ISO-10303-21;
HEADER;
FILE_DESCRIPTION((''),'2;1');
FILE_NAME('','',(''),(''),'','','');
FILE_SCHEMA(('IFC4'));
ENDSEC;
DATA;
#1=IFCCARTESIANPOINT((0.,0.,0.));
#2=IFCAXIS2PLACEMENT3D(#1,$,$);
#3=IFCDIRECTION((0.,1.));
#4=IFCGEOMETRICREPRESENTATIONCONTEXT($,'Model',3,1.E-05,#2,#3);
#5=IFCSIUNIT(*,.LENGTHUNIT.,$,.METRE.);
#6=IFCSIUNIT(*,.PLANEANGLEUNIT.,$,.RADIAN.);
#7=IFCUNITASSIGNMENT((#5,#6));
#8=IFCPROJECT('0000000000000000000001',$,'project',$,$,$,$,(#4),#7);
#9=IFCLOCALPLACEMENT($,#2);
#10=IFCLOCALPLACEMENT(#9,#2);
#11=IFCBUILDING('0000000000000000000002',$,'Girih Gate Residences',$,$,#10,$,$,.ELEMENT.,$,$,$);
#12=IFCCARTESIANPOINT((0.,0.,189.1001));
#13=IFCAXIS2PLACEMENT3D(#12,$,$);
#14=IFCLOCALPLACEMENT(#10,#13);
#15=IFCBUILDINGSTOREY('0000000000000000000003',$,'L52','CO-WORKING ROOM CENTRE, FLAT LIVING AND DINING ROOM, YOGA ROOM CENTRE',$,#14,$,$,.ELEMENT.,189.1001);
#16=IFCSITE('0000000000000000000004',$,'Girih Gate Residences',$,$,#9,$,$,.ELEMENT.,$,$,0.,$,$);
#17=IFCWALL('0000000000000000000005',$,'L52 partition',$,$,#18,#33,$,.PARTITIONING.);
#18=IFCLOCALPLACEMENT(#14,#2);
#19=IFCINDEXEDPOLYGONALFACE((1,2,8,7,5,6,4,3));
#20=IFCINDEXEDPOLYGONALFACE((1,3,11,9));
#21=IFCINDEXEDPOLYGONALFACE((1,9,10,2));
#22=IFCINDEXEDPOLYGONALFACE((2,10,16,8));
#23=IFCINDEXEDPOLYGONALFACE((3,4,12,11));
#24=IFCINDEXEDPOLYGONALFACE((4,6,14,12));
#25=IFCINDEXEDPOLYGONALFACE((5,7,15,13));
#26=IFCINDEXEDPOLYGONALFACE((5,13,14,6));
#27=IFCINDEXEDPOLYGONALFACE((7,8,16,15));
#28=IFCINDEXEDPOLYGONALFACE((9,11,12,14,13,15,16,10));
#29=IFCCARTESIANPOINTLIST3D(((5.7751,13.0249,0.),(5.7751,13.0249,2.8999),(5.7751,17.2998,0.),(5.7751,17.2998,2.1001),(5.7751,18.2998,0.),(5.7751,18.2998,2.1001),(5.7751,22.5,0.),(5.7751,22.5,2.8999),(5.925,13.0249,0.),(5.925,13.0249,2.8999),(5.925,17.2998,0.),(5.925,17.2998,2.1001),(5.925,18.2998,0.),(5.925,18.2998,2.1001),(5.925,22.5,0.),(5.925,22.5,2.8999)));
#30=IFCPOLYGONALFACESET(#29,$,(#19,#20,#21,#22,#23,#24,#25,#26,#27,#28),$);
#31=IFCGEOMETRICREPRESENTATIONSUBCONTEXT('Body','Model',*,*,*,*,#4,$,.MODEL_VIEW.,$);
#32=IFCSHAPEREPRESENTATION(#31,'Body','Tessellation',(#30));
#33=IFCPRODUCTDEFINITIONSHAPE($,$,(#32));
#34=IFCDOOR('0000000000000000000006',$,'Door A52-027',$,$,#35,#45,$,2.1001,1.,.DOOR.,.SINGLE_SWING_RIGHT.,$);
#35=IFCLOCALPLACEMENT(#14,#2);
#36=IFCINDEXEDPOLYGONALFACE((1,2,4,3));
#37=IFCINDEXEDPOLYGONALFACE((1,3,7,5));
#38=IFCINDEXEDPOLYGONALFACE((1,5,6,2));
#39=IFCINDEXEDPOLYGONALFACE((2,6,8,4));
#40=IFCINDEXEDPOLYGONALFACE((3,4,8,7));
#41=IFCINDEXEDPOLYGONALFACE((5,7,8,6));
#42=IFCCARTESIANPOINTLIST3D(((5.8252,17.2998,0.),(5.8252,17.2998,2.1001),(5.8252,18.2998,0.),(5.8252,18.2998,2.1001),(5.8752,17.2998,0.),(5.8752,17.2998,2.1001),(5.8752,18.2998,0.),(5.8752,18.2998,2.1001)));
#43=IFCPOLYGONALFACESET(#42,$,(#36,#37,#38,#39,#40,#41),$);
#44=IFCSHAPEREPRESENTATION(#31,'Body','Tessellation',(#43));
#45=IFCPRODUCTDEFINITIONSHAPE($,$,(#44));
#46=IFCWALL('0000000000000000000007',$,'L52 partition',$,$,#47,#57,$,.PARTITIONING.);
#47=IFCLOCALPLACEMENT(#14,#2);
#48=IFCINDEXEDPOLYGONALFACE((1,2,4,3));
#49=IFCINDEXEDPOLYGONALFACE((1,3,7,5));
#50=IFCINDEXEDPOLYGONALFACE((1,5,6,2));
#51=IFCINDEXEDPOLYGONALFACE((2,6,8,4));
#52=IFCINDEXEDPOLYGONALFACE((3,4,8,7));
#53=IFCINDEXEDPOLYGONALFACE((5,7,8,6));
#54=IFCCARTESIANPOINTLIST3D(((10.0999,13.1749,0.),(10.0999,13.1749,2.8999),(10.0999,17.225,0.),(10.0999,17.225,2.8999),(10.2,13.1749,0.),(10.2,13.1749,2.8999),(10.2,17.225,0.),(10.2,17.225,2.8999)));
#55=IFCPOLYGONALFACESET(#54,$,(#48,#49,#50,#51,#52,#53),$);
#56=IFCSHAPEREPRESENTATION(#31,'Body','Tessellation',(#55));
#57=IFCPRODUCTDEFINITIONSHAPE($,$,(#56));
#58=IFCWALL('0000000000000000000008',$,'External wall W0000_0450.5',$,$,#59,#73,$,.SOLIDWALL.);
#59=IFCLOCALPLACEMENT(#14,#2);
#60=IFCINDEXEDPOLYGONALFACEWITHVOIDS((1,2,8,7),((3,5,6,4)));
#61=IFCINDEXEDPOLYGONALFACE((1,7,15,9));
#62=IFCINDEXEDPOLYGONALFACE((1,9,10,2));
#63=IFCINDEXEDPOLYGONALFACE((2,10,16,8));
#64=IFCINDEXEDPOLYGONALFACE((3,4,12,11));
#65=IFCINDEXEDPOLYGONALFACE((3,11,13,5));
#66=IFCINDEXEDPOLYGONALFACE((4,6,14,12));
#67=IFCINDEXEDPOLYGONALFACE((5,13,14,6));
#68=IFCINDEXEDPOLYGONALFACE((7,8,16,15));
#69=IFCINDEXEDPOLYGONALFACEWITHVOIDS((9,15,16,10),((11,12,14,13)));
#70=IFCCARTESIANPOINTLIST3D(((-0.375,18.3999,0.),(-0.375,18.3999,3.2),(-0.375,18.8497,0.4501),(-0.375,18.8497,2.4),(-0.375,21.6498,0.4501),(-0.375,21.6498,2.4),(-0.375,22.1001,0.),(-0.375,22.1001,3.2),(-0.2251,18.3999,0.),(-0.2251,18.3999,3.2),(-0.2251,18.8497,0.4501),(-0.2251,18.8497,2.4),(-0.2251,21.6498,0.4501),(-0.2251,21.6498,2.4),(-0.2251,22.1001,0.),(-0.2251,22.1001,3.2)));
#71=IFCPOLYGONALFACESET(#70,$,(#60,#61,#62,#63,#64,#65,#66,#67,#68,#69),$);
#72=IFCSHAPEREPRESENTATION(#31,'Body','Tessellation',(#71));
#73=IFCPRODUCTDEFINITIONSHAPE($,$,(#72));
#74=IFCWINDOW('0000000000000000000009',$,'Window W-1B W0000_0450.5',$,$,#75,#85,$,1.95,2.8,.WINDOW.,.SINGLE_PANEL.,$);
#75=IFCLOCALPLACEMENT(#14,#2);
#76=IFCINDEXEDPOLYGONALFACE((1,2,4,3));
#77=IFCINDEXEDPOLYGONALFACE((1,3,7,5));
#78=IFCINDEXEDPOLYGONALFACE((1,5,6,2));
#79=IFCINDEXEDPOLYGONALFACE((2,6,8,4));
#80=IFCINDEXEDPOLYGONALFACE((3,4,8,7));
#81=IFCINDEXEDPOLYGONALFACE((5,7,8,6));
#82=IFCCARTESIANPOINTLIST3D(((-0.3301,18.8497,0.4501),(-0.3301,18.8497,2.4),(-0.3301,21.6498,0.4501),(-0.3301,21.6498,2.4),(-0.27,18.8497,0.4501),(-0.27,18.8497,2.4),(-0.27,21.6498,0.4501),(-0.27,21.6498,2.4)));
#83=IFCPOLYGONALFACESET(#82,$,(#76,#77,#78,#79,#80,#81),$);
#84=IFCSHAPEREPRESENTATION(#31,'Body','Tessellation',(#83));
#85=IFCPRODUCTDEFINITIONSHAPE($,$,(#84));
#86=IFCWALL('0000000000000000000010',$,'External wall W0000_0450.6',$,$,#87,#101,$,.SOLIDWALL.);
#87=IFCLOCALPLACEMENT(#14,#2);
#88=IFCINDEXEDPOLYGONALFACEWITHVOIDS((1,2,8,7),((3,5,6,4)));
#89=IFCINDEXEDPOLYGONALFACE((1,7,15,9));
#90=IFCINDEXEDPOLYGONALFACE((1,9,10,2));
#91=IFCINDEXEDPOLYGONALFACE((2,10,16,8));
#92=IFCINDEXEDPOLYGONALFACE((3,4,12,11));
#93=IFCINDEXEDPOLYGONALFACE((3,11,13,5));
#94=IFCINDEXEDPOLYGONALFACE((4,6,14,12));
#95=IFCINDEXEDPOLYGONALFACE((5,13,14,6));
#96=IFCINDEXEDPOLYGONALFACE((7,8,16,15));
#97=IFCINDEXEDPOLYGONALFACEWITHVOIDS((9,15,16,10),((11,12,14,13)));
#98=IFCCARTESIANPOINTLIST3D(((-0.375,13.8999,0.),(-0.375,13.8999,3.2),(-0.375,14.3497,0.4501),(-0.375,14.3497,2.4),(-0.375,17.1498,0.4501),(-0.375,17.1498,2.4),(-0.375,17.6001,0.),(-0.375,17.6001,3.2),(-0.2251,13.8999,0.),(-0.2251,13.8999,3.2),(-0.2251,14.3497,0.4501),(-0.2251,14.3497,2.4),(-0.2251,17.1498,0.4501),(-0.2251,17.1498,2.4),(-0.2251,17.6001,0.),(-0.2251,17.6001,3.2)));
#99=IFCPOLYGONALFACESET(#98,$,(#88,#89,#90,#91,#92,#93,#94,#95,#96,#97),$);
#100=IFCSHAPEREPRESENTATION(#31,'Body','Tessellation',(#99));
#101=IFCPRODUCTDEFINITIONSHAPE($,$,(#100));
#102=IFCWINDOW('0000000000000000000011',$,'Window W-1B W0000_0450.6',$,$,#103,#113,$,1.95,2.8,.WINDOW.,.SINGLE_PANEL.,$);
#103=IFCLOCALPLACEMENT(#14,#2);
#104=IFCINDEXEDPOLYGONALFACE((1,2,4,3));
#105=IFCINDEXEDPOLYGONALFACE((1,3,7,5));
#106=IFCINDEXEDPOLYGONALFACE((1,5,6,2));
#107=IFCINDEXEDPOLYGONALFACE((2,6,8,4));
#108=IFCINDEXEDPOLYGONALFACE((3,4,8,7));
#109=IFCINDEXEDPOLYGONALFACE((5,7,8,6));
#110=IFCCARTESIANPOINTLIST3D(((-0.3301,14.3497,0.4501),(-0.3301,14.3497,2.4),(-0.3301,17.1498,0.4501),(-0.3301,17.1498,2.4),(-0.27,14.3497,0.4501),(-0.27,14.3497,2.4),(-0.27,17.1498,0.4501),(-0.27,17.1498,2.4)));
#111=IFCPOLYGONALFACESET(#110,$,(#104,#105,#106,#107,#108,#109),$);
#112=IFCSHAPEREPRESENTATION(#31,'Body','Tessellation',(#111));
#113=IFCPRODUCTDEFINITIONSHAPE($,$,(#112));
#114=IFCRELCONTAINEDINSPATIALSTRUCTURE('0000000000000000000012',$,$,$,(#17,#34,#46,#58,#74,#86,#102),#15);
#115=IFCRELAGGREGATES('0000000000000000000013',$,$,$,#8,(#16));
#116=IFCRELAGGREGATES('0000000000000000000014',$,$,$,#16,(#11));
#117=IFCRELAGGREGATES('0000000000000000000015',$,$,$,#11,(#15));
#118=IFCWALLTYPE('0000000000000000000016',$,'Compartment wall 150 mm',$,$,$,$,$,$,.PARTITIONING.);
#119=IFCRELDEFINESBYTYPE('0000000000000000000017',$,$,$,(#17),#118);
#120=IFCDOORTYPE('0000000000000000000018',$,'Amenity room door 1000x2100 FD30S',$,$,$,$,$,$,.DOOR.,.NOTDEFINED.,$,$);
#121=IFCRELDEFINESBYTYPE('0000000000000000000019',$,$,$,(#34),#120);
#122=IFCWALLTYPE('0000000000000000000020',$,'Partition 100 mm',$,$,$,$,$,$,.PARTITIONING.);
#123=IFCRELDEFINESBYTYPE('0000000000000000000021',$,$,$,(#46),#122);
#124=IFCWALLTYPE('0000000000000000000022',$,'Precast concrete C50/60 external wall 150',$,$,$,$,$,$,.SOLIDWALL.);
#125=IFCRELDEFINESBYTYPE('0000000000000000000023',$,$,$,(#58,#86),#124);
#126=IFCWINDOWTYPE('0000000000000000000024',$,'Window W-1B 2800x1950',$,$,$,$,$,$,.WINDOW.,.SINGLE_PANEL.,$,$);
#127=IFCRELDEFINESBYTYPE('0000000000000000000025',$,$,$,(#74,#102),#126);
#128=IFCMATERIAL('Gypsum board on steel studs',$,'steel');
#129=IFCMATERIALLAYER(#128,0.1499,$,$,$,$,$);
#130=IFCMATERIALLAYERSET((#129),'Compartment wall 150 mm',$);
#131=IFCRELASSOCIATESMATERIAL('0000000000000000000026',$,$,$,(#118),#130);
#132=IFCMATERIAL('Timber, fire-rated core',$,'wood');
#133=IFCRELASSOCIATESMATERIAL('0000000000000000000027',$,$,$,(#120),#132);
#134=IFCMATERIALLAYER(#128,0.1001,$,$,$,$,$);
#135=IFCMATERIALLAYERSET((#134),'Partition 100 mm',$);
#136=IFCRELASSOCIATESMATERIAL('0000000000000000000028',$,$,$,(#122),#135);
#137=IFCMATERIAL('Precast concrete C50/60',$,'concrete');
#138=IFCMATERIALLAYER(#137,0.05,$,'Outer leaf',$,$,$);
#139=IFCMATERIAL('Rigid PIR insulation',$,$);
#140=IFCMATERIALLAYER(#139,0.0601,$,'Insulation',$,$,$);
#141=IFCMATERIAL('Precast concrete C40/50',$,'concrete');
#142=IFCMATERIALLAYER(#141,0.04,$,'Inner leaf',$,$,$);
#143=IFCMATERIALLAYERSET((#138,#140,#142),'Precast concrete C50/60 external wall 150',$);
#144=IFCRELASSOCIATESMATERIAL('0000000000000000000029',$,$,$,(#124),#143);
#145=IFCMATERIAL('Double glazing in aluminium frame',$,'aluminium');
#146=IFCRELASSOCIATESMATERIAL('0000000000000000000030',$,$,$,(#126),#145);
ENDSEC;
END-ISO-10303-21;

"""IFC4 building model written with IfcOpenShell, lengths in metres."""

from ifc_helpers import new_model, si_unit, direction, frame, frame_2d, origin, place, context, subcontext, project, spatial, rectangle, extrude, material, layer, layer_set, type_object, element, fill, save


model = new_model("IFC4")

# Units and contexts
model_context = context("Model", 3, precision=1e-05, world=origin(), true_north=direction((0.0, 1.0)))
body_context = subcontext(model_context, "Body", "Model", "MODEL_VIEW")
ifc_project = project(units=[si_unit("LENGTHUNIT", "METRE"), si_unit("PLANEANGLEUNIT", "RADIAN")], contexts=[model_context])

# Site, building, storey
site_placement = place(None, origin())
site = spatial("IfcSite", under=ifc_project, at=site_placement, Name="Girih Gate Residences", CompositionType="ELEMENT", RefElevation=0.0)
building_placement = place(site_placement, origin())
building = spatial("IfcBuilding", under=site, at=building_placement, Name="Girih Gate Residences", CompositionType="ELEMENT")
storey_placement = place(building_placement, frame((0.0, 0.0, 189.1001)))
storey = spatial("IfcBuildingStorey", under=building, at=storey_placement, Name="L52", Description="CO-WORKING ROOM CENTRE, FLAT LIVING AND DINING ROOM, YOGA ROOM CENTRE", CompositionType="ELEMENT", Elevation=189.1001)

# Shared definitions
ifc_material_1 = material(Name="Gypsum board on steel studs", Category="steel")
ifc_layer_1 = layer(ifc_material_1, 0.1499)
ifc_layer_set_1 = layer_set([ifc_layer_1], Name="Compartment wall 150 mm")
wall_type_1 = type_object("IfcWallType", Name="Compartment wall 150 mm", PredefinedType="PARTITIONING", material=ifc_layer_set_1)

# Shared definitions
ifc_material_2 = material(Name="Timber, fire-rated core", Category="wood")

# Wall, opening, door
wall_1_placement = place(storey_placement, frame((5.8501, 13.0249, 0.0), z_axis=(0.0, 0.0, 1.0), x_axis=(0.0, 1.0, 0.0)))
wall_1 = element("IfcWall", 1, at=wall_1_placement, inside=storey, type_object=wall_type_1, Name="L52 partition", PredefinedType="PARTITIONING", context=body_context, shape_type="SweptSolid", body=[
    extrude(rectangle(XDim=9.4751, YDim=0.1499, at=frame_2d((4.7375, 0.0))), origin(), (0.0, 0.0, 1.0), 2.8999),
])
opening_1_placement = place(wall_1_placement, frame((4.2749, 0.0, 0.0)))
opening_1 = element("IfcOpeningElement", 2, at=opening_1_placement, cuts=wall_1, PredefinedType="OPENING", context=body_context, shape_type="SweptSolid", body=[
    extrude(rectangle(XDim=1.0, YDim=2.1001, at=frame_2d((0.5, 1.05))), frame((0.0, 0.085, 0.0), z_axis=(0.0, -1.0, 0.0), x_axis=(1.0, 0.0, 0.0)), (0.0, 0.0, 1.0), 0.1699),
])
door_type_1 = type_object("IfcDoorType", Name="Amenity room door 1000x2100 FD30S", OperationType="NOTDEFINED", PredefinedType="DOOR", material=ifc_material_2)
door_1_placement = place(opening_1_placement, origin())
door_1 = element("IfcDoor", 3, at=door_1_placement, inside=storey, type_object=door_type_1, Name="Door A52-027", OperationType="SINGLE_SWING_RIGHT", OverallHeight=2.1001, OverallWidth=1.0, PredefinedType="DOOR", context=body_context, shape_type="SweptSolid", body=[
    extrude(rectangle(XDim=1.0, YDim=2.1001, at=frame_2d((0.5, 1.05))), frame((0.0, 0.0249, 0.0), z_axis=(0.0, -1.0, 0.0), x_axis=(1.0, 0.0, 0.0)), (0.0, 0.0, 1.0), 0.05),
])
fill(opening_1, door_1)

# Wall
ifc_layer_2 = layer(ifc_material_1, 0.1001)
ifc_layer_set_2 = layer_set([ifc_layer_2], Name="Partition 100 mm")
wall_type_2 = type_object("IfcWallType", Name="Partition 100 mm", PredefinedType="PARTITIONING", material=ifc_layer_set_2)
wall_2_placement = place(storey_placement, frame((10.1499, 13.175, 0.0), z_axis=(0.0, 0.0, 1.0), x_axis=(0.0, 1.0, 0.0)))
element("IfcWall", 4, at=wall_2_placement, inside=storey, type_object=wall_type_2, Name="L52 partition", PredefinedType="PARTITIONING", context=body_context, shape_type="SweptSolid", body=[
    extrude(rectangle(XDim=4.05, YDim=0.1001, at=frame_2d((2.0249, 0.0))), origin(), (0.0, 0.0, 1.0), 2.8999),
])

# Walls, openings, windows
ifc_material_3 = material(Name="Precast concrete C50/60", Category="concrete")
ifc_layer_3 = layer(ifc_material_3, 0.05, Name="Outer leaf")
ifc_material_4 = material(Name="Rigid PIR insulation")
ifc_layer_4 = layer(ifc_material_4, 0.0601, Name="Insulation")
ifc_material_5 = material(Name="Precast concrete C40/50", Category="concrete")
ifc_layer_5 = layer(ifc_material_5, 0.04, Name="Inner leaf")
ifc_layer_set_3 = layer_set([ifc_layer_3, ifc_layer_4, ifc_layer_5], Name="Precast concrete C50/60 external wall 150")
wall_type_3 = type_object("IfcWallType", Name="Precast concrete C50/60 external wall 150", PredefinedType="SOLIDWALL", material=ifc_layer_set_3)
wall_3_placement = place(storey_placement, frame((-0.3, 18.3999, 0.0), z_axis=(0.0, 0.0, 1.0), x_axis=(0.0, 1.0, 0.0)))
wall_3 = element("IfcWall", 5, at=wall_3_placement, inside=storey, type_object=wall_type_3, Name="External wall W0000_0450.5", PredefinedType="SOLIDWALL", context=body_context, shape_type="SweptSolid", body=[
    extrude(rectangle(XDim=3.7002, YDim=0.1499, at=frame_2d((1.8501, 0.0))), origin(), (0.0, 0.0, 1.0), 3.2),
])
opening_2_placement = place(wall_3_placement, frame((0.45, 0.0, 0.45)))
opening_2 = element("IfcOpeningElement", 6, at=opening_2_placement, cuts=wall_3, PredefinedType="OPENING", context=body_context, shape_type="SweptSolid", body=[
    extrude(rectangle(XDim=2.8, YDim=1.95, at=frame_2d((1.3999, 0.9751))), frame((0.0, 0.085, 0.0), z_axis=(0.0, -1.0, 0.0), x_axis=(1.0, 0.0, 0.0)), (0.0, 0.0, 1.0), 0.1699),
])
ifc_material_6 = material(Name="Double glazing in aluminium frame", Category="aluminium")
window_type = type_object("IfcWindowType", Name="Window W-1B 2800x1950", PartitioningType="SINGLE_PANEL", PredefinedType="WINDOW", material=ifc_material_6)
window_1_placement = place(opening_2_placement, origin())
window_1 = element("IfcWindow", 7, at=window_1_placement, inside=storey, type_object=window_type, Name="Window W-1B W0000_0450.5", OverallHeight=1.95, OverallWidth=2.8, PartitioningType="SINGLE_PANEL", PredefinedType="WINDOW", context=body_context, shape_type="SweptSolid", body=[
    extrude(rectangle(XDim=2.8, YDim=1.95, at=frame_2d((1.3999, 0.9751))), frame((0.0, 0.03, 0.0), z_axis=(0.0, -1.0, 0.0), x_axis=(1.0, 0.0, 0.0)), (0.0, 0.0, 1.0), 0.0601),
])
fill(opening_2, window_1)
wall_4_placement = place(storey_placement, frame((-0.3, 13.8999, 0.0), z_axis=(0.0, 0.0, 1.0), x_axis=(0.0, 1.0, 0.0)))
wall_4 = element("IfcWall", 8, at=wall_4_placement, inside=storey, type_object=wall_type_3, Name="External wall W0000_0450.6", PredefinedType="SOLIDWALL", context=body_context, shape_type="SweptSolid", body=[
    extrude(rectangle(XDim=3.7002, YDim=0.1499, at=frame_2d((1.8501, 0.0))), origin(), (0.0, 0.0, 1.0), 3.2),
])
opening_3_placement = place(wall_4_placement, frame((0.45, 0.0, 0.45)))
opening_3 = element("IfcOpeningElement", 9, at=opening_3_placement, cuts=wall_4, PredefinedType="OPENING", context=body_context, shape_type="SweptSolid", body=[
    extrude(rectangle(XDim=2.8, YDim=1.95, at=frame_2d((1.3999, 0.9751))), frame((0.0, 0.085, 0.0), z_axis=(0.0, -1.0, 0.0), x_axis=(1.0, 0.0, 0.0)), (0.0, 0.0, 1.0), 0.1699),
])
window_2_placement = place(opening_3_placement, origin())
window_2 = element("IfcWindow", 10, at=window_2_placement, inside=storey, type_object=window_type, Name="Window W-1B W0000_0450.6", OverallHeight=1.95, OverallWidth=2.8, PartitioningType="SINGLE_PANEL", PredefinedType="WINDOW", context=body_context, shape_type="SweptSolid", body=[
    extrude(rectangle(XDim=2.8, YDim=1.95, at=frame_2d((1.3999, 0.9751))), frame((0.0, 0.03, 0.0), z_axis=(0.0, -1.0, 0.0), x_axis=(1.0, 0.0, 0.0)), (0.0, 0.0, 1.0), 0.0601),
])
fill(opening_3, window_2)

save(model, "model.ifc")
